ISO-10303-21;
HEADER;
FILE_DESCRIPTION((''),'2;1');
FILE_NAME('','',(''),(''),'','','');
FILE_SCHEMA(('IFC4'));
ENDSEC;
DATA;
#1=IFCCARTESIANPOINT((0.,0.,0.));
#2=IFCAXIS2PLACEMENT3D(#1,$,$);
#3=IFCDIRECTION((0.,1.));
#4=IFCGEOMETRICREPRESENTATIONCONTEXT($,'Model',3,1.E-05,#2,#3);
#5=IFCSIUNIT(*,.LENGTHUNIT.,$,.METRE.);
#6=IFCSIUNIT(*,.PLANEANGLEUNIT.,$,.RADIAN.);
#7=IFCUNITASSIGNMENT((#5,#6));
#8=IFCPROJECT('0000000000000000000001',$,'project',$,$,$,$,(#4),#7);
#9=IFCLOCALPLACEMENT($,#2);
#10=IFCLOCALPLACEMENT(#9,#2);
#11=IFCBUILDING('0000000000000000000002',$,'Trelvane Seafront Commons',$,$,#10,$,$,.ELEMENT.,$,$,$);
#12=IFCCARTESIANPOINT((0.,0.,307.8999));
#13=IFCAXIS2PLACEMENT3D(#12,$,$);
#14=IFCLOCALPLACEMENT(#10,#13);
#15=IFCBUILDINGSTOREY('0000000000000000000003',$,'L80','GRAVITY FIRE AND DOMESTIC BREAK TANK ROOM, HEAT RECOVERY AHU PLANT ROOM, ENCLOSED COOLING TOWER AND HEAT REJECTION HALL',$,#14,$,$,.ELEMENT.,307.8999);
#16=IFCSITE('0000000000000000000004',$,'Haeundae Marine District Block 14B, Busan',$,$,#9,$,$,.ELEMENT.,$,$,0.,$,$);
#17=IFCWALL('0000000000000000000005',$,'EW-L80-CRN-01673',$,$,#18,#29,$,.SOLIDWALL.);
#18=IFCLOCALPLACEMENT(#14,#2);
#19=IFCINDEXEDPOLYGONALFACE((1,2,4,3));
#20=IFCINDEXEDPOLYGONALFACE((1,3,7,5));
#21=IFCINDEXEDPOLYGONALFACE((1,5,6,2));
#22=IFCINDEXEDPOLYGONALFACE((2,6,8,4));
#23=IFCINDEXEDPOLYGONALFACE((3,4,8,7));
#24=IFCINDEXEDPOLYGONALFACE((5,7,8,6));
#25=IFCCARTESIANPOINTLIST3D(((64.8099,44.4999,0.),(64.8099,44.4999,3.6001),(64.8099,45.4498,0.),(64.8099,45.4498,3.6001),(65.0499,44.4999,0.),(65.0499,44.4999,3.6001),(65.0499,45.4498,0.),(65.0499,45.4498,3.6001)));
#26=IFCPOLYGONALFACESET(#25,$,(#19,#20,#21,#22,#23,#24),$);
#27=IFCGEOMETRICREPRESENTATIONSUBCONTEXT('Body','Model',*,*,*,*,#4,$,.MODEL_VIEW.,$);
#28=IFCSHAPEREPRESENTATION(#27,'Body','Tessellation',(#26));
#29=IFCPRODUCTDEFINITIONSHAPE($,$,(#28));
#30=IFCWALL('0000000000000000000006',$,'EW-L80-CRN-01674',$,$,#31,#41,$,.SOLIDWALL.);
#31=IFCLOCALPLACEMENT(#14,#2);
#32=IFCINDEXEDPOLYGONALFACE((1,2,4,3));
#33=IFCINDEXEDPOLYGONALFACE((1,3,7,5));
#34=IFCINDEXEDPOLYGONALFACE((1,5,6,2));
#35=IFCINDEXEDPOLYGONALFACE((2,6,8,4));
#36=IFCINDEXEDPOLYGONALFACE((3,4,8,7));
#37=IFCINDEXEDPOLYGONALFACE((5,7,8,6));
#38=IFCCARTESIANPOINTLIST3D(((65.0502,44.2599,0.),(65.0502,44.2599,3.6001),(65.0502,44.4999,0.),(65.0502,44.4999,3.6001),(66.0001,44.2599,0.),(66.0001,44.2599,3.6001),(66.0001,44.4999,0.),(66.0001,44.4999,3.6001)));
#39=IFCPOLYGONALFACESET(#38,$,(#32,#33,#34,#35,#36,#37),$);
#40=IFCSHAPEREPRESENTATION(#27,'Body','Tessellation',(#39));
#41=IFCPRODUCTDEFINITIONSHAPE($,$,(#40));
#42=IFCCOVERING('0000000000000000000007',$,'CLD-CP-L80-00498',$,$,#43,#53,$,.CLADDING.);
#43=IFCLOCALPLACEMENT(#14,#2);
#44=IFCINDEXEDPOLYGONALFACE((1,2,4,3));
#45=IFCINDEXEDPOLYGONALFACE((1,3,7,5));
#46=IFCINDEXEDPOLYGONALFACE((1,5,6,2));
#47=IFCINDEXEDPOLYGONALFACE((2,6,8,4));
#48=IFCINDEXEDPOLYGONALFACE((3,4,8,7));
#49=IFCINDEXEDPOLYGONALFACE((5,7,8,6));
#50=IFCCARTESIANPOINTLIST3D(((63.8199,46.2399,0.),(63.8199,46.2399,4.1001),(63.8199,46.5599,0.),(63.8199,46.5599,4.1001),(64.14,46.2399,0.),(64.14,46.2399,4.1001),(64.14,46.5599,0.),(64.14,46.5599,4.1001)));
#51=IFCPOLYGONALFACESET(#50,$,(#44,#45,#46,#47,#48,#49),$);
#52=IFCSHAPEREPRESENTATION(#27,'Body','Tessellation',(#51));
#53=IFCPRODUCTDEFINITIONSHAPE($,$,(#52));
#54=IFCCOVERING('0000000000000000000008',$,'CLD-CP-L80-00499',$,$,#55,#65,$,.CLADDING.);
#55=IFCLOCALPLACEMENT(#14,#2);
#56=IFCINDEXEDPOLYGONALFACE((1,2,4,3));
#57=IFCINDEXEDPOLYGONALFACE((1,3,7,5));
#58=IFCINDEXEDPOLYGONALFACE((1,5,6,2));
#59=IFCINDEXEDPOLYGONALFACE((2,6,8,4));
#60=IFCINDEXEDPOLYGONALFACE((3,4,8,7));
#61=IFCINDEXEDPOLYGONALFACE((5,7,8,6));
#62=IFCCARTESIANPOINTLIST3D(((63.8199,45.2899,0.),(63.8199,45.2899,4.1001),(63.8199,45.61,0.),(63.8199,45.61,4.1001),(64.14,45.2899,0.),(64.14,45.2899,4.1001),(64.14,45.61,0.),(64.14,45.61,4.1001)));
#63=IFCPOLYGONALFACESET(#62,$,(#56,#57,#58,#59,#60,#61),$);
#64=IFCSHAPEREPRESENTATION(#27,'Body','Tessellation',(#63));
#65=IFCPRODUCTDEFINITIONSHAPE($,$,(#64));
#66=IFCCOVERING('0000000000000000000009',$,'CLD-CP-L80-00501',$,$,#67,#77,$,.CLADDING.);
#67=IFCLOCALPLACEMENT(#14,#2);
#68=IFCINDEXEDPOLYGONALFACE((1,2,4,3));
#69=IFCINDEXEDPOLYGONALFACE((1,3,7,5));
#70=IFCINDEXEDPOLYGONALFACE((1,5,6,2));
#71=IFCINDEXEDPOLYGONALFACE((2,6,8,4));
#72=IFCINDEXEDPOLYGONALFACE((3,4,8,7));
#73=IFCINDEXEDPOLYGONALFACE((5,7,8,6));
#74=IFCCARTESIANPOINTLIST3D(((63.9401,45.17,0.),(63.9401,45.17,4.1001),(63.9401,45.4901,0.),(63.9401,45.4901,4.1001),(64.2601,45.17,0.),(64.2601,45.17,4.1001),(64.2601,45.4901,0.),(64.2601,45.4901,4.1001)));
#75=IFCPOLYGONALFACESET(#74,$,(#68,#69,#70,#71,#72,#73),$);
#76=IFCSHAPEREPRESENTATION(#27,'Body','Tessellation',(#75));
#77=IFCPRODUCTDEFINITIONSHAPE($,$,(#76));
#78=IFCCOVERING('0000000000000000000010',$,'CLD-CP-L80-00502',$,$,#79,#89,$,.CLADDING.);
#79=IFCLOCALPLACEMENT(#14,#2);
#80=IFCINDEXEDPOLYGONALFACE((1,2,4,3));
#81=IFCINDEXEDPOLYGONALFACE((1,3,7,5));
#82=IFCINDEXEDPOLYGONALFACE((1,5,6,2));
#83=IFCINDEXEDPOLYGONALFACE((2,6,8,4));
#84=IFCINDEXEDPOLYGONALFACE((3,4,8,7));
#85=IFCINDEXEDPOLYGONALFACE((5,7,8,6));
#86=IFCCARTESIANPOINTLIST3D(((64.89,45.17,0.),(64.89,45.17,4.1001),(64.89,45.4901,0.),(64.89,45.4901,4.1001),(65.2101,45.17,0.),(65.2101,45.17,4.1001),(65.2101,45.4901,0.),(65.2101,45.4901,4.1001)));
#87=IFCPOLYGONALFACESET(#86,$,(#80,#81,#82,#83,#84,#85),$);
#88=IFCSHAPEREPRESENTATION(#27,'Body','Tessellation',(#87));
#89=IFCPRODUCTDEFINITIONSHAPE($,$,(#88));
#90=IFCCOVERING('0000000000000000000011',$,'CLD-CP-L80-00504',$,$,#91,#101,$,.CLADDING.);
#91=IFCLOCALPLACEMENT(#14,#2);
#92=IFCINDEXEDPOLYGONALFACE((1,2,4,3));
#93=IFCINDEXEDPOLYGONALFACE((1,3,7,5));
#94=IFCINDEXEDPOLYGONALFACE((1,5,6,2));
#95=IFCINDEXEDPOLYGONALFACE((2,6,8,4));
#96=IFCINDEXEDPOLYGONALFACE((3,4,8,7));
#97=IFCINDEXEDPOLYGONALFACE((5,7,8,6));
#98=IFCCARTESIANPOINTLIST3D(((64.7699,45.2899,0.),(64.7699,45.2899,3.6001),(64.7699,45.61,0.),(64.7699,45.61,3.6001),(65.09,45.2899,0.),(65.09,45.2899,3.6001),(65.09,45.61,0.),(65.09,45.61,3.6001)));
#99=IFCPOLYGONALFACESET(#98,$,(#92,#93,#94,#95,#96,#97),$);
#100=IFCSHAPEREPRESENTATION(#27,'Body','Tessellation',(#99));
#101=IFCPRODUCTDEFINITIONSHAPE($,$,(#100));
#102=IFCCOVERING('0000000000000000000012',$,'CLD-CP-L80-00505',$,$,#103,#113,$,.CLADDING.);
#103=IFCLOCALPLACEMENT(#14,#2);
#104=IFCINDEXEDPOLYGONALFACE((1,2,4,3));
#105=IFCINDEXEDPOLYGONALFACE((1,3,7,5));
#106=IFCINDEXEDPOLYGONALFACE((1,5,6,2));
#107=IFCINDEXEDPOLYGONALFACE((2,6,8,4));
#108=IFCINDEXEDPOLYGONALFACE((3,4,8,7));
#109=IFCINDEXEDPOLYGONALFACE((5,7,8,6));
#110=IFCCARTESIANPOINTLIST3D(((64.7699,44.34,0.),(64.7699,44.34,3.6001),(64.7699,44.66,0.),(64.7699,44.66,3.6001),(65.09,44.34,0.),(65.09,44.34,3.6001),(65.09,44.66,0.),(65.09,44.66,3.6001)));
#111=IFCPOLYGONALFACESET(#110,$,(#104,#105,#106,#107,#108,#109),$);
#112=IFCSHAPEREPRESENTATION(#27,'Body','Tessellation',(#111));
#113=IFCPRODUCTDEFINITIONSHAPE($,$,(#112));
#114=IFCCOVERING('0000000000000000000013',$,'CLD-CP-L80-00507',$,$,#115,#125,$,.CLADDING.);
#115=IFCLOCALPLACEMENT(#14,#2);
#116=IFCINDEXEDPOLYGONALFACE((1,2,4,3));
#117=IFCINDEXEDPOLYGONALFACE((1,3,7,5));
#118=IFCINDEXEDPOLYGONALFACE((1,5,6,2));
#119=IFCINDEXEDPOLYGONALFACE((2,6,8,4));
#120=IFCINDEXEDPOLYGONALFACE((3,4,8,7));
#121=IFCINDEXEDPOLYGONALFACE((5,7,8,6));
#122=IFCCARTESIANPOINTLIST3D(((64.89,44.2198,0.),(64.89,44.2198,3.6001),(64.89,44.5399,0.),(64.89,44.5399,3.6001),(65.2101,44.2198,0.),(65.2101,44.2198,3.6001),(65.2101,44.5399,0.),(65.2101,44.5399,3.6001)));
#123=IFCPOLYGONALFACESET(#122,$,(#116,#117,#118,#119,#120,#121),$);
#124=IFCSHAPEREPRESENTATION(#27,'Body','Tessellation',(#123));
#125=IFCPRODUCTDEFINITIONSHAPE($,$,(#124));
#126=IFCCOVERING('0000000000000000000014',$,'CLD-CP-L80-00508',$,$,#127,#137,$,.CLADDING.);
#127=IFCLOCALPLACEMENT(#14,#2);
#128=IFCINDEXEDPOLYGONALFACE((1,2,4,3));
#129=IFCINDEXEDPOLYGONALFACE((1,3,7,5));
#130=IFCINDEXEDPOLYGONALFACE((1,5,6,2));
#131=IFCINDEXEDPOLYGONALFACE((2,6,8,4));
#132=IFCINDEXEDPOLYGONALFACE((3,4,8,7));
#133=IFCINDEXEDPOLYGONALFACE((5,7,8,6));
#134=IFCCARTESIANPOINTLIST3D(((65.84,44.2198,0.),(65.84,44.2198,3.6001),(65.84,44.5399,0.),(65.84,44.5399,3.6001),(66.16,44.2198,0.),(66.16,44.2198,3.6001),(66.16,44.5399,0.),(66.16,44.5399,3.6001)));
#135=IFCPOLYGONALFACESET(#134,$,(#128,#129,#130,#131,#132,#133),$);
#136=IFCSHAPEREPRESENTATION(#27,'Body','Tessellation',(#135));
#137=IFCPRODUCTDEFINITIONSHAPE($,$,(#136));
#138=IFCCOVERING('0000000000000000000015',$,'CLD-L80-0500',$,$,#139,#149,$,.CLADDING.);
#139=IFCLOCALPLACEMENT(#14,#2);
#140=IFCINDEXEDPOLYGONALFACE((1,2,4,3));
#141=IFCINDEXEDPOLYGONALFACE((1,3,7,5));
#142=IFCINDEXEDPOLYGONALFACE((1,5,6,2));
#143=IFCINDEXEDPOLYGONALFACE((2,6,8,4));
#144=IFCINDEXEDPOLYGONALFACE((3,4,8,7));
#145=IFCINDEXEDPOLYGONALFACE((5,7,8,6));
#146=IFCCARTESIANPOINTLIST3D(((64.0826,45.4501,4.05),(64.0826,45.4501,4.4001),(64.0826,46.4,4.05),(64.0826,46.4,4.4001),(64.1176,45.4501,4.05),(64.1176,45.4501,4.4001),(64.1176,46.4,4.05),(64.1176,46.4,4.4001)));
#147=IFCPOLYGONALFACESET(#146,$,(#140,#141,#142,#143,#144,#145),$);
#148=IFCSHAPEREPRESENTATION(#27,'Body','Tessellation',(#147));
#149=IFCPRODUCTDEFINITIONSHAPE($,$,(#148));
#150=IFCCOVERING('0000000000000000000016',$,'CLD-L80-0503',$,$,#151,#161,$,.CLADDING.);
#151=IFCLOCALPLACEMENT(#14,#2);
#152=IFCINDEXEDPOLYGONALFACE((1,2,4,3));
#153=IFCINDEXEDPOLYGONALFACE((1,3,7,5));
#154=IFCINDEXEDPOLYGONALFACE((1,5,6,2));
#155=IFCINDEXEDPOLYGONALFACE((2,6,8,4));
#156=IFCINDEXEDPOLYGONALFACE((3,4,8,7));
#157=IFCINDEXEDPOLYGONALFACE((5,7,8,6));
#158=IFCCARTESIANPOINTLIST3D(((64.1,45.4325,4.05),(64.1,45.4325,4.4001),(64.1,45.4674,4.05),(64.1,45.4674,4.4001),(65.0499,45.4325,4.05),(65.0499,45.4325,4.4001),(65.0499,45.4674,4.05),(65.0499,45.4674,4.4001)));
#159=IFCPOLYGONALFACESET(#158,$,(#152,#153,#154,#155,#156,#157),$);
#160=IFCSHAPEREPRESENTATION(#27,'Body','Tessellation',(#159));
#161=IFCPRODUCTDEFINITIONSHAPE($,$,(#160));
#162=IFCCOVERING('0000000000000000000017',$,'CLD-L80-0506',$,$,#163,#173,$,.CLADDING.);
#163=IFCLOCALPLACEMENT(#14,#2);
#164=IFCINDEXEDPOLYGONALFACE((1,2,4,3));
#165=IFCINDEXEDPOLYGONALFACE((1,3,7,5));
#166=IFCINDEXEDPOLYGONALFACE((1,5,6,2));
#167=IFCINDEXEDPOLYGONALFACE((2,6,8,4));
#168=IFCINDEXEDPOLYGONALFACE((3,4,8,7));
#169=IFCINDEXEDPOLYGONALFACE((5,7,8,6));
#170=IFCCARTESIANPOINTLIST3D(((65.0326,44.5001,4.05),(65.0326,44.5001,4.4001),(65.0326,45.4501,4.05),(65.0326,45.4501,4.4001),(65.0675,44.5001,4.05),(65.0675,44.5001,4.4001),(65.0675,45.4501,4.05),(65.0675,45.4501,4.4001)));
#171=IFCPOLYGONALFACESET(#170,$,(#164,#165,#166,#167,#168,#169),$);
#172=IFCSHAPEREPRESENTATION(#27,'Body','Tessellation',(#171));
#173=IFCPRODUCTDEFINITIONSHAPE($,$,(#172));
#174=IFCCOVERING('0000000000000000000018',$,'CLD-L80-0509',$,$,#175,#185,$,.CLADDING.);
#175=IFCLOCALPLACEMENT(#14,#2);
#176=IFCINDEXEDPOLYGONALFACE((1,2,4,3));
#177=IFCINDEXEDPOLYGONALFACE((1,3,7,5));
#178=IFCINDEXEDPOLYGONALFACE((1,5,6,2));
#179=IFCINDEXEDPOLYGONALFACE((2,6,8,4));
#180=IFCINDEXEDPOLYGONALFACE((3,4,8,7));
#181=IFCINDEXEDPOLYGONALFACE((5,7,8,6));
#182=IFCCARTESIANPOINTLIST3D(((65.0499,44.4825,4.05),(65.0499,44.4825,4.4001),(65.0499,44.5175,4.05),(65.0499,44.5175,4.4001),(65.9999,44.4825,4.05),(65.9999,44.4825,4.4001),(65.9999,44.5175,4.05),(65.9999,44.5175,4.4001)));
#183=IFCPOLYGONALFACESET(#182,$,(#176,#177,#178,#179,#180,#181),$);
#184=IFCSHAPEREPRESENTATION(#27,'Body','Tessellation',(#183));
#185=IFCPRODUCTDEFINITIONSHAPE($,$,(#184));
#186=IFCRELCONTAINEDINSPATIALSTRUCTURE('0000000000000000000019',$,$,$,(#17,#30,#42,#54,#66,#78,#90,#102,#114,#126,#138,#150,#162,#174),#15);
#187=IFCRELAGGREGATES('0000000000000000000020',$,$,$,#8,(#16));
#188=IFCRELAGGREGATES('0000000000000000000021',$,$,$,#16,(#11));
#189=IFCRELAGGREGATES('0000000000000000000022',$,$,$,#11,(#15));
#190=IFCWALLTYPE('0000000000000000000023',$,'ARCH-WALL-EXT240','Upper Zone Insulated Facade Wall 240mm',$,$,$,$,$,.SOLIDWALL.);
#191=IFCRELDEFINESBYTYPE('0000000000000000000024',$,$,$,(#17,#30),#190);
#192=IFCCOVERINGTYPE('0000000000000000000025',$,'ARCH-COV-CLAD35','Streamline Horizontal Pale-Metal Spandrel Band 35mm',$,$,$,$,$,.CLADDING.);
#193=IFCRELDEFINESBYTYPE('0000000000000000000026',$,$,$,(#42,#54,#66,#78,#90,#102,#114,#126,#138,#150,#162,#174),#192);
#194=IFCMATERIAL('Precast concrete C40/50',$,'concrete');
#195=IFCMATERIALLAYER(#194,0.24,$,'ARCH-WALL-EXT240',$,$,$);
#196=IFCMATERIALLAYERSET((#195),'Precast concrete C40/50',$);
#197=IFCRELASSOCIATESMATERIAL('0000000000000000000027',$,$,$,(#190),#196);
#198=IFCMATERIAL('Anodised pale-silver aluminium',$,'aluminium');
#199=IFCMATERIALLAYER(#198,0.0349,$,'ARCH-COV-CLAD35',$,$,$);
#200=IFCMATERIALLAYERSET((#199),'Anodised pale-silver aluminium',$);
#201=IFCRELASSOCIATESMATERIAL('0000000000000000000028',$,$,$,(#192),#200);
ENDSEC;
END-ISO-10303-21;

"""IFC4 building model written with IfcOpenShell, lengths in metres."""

from ifc_helpers import new_model, si_unit, direction, frame, frame_2d, origin, origin_2d, place, context, subcontext, project, spatial, rectangle, extrude, source, transform, mapped, material, layer, layer_set, type_object, element, save


model = new_model("IFC4")

# Units and contexts
model_context = context("Model", 3, precision=1e-05, world=origin(), true_north=direction((0.0, 1.0)))
body_context = subcontext(model_context, "Body", "Model", "MODEL_VIEW")
ifc_project = project(units=[si_unit("LENGTHUNIT", "METRE"), si_unit("PLANEANGLEUNIT", "RADIAN")], contexts=[model_context])

# Site, building, storey
site_placement = place(None, origin())
site = spatial("IfcSite", under=ifc_project, at=site_placement, Name="Haeundae Marine District Block 14B, Busan", CompositionType="ELEMENT", RefElevation=0.0)
building_placement = place(site_placement, origin())
building = spatial("IfcBuilding", under=site, at=building_placement, Name="Trelvane Seafront Commons", CompositionType="ELEMENT")
storey_placement = place(building_placement, frame((0.0, 0.0, 307.8999)))
storey = spatial("IfcBuildingStorey", under=building, at=storey_placement, Name="L80", Description="GRAVITY FIRE AND DOMESTIC BREAK TANK ROOM, HEAT RECOVERY AHU PLANT ROOM, ENCLOSED COOLING TOWER AND HEAT REJECTION HALL", CompositionType="ELEMENT", Elevation=307.8999)

# Shared definitions
ifc_material_1 = material(Name="Anodised pale-silver aluminium", Category="aluminium")

# Walls
ifc_material_2 = material(Name="Precast concrete C40/50", Category="concrete")
ifc_layer_1 = layer(ifc_material_2, 0.24, Name="ARCH-WALL-EXT240")
ifc_layer_set_1 = layer_set([ifc_layer_1], Name="Precast concrete C40/50")
wall_type = type_object("IfcWallType", Name="ARCH-WALL-EXT240", Description="Upper Zone Insulated Facade Wall 240mm", PredefinedType="SOLIDWALL", material=ifc_layer_set_1)
for number, where, z_axis, x_axis, name in (
    (1, (64.9299, 45.45, 0.0), (0.0, 0.0, 1.0), (0.0, -1.0, 0.0), "EW-L80-CRN-01673"),
    (2, (65.05, 44.3799, 0.0), (0.0, 0.0, 1.0), (1.0, 0.0, 0.0), "EW-L80-CRN-01674"),
):
    element("IfcWall", number, at=place(storey_placement, frame(where, z_axis=z_axis, x_axis=x_axis)), inside=storey, type_object=wall_type, Name=name, PredefinedType="SOLIDWALL", context=body_context, shape_type="SweptSolid", body=[
        extrude(rectangle(XDim=0.95, YDim=0.24, at=frame_2d((0.4751, 0.0))), origin(), (0.0, 0.0, 1.0), 3.6001),
    ])

# Coverings
ifc_layer_2 = layer(ifc_material_1, 0.0349, Name="ARCH-COV-CLAD35")
ifc_layer_set_2 = layer_set([ifc_layer_2], Name="Anodised pale-silver aluminium")
covering_type = type_object("IfcCoveringType", Name="ARCH-COV-CLAD35", Description="Streamline Horizontal Pale-Metal Spandrel Band 35mm", PredefinedType="CLADDING", material=ifc_layer_set_2)
shared_shape_1 = source(origin(), body_context, "Body", "SweptSolid", [
    extrude(rectangle(XDim=0.3201, YDim=0.3201, at=origin_2d()), origin(), (0.0, 0.0, 1.0), 4.1001),
])
for number, where, z_axis, x_axis, name in (
    (3, (63.98, 46.3999, 0.0), (0.0, 0.0, 1.0), (1.0, 0.0, 0.0), "CLD-CP-L80-00498"),
    (4, (63.98, 45.45, 0.0), (0.0, 0.0, 1.0), (1.0, 0.0, 0.0), "CLD-CP-L80-00499"),
    (5, (64.1001, 45.3301, 0.0), (0.0, 0.0, 1.0), (1.0, 0.0, 0.0), "CLD-CP-L80-00501"),
    (6, (65.05, 45.3301, 0.0), (0.0, 0.0, 1.0), (1.0, 0.0, 0.0), "CLD-CP-L80-00502"),
):
    element("IfcCovering", number, at=place(storey_placement, frame(where, z_axis=z_axis, x_axis=x_axis)), inside=storey, type_object=covering_type, Name=name, PredefinedType="CLADDING", context=body_context, shape_type="MappedRepresentation", body=[
        mapped(shared_shape_1, transform((0.0, 0.0, 0.0), x_axis=(1.0, 0.0, 0.0), y_axis=(0.0, 1.0, 0.0), z_axis=(0.0, 0.0, 1.0), scale=1.0)),
    ])
shared_shape_2 = source(origin(), body_context, "Body", "SweptSolid", [
    extrude(rectangle(XDim=0.3201, YDim=0.3201, at=origin_2d()), origin(), (0.0, 0.0, 1.0), 3.6001),
])
for number, where, z_axis, x_axis, name in (
    (7, (64.9299, 45.45, 0.0), (0.0, 0.0, 1.0), (1.0, 0.0, 0.0), "CLD-CP-L80-00504"),
    (8, (64.9299, 44.5, 0.0), (0.0, 0.0, 1.0), (1.0, 0.0, 0.0), "CLD-CP-L80-00505"),
    (9, (65.05, 44.3799, 0.0), (0.0, 0.0, 1.0), (1.0, 0.0, 0.0), "CLD-CP-L80-00507"),
    (10, (66.0, 44.3799, 0.0), (0.0, 0.0, 1.0), (1.0, 0.0, 0.0), "CLD-CP-L80-00508"),
):
    element("IfcCovering", number, at=place(storey_placement, frame(where, z_axis=z_axis, x_axis=x_axis)), inside=storey, type_object=covering_type, Name=name, PredefinedType="CLADDING", context=body_context, shape_type="MappedRepresentation", body=[
        mapped(shared_shape_2, transform((0.0, 0.0, 0.0), x_axis=(1.0, 0.0, 0.0), y_axis=(0.0, 1.0, 0.0), z_axis=(0.0, 0.0, 1.0), scale=1.0)),
    ])
shared_shape_3 = source(origin(), body_context, "Body", "SweptSolid", [
    extrude(rectangle(XDim=0.95, YDim=0.0349, at=origin_2d()), origin(), (0.0, 0.0, 1.0), 0.3501),
])
for number, where, z_axis, x_axis, name in (
    (11, (64.1001, 45.925, 4.05), (0.0, 0.0, 1.0), (0.0, -1.0, 0.0), "CLD-L80-0500"),
    (12, (64.575, 45.45, 4.05), (0.0, 0.0, 1.0), (1.0, 0.0, 0.0), "CLD-L80-0503"),
    (13, (65.05, 44.9751, 4.05), (0.0, 0.0, 1.0), (0.0, -1.0, 0.0), "CLD-L80-0506"),
    (14, (65.5249, 44.5, 4.05), (0.0, 0.0, 1.0), (1.0, 0.0, 0.0), "CLD-L80-0509"),
):
    element("IfcCovering", number, at=place(storey_placement, frame(where, z_axis=z_axis, x_axis=x_axis)), inside=storey, type_object=covering_type, Name=name, PredefinedType="CLADDING", context=body_context, shape_type="MappedRepresentation", body=[
        mapped(shared_shape_3, transform((0.0, 0.0, 0.0), x_axis=(1.0, 0.0, 0.0), y_axis=(0.0, 1.0, 0.0), z_axis=(0.0, 0.0, 1.0), scale=1.0)),
    ])

save(model, "model.ifc")
